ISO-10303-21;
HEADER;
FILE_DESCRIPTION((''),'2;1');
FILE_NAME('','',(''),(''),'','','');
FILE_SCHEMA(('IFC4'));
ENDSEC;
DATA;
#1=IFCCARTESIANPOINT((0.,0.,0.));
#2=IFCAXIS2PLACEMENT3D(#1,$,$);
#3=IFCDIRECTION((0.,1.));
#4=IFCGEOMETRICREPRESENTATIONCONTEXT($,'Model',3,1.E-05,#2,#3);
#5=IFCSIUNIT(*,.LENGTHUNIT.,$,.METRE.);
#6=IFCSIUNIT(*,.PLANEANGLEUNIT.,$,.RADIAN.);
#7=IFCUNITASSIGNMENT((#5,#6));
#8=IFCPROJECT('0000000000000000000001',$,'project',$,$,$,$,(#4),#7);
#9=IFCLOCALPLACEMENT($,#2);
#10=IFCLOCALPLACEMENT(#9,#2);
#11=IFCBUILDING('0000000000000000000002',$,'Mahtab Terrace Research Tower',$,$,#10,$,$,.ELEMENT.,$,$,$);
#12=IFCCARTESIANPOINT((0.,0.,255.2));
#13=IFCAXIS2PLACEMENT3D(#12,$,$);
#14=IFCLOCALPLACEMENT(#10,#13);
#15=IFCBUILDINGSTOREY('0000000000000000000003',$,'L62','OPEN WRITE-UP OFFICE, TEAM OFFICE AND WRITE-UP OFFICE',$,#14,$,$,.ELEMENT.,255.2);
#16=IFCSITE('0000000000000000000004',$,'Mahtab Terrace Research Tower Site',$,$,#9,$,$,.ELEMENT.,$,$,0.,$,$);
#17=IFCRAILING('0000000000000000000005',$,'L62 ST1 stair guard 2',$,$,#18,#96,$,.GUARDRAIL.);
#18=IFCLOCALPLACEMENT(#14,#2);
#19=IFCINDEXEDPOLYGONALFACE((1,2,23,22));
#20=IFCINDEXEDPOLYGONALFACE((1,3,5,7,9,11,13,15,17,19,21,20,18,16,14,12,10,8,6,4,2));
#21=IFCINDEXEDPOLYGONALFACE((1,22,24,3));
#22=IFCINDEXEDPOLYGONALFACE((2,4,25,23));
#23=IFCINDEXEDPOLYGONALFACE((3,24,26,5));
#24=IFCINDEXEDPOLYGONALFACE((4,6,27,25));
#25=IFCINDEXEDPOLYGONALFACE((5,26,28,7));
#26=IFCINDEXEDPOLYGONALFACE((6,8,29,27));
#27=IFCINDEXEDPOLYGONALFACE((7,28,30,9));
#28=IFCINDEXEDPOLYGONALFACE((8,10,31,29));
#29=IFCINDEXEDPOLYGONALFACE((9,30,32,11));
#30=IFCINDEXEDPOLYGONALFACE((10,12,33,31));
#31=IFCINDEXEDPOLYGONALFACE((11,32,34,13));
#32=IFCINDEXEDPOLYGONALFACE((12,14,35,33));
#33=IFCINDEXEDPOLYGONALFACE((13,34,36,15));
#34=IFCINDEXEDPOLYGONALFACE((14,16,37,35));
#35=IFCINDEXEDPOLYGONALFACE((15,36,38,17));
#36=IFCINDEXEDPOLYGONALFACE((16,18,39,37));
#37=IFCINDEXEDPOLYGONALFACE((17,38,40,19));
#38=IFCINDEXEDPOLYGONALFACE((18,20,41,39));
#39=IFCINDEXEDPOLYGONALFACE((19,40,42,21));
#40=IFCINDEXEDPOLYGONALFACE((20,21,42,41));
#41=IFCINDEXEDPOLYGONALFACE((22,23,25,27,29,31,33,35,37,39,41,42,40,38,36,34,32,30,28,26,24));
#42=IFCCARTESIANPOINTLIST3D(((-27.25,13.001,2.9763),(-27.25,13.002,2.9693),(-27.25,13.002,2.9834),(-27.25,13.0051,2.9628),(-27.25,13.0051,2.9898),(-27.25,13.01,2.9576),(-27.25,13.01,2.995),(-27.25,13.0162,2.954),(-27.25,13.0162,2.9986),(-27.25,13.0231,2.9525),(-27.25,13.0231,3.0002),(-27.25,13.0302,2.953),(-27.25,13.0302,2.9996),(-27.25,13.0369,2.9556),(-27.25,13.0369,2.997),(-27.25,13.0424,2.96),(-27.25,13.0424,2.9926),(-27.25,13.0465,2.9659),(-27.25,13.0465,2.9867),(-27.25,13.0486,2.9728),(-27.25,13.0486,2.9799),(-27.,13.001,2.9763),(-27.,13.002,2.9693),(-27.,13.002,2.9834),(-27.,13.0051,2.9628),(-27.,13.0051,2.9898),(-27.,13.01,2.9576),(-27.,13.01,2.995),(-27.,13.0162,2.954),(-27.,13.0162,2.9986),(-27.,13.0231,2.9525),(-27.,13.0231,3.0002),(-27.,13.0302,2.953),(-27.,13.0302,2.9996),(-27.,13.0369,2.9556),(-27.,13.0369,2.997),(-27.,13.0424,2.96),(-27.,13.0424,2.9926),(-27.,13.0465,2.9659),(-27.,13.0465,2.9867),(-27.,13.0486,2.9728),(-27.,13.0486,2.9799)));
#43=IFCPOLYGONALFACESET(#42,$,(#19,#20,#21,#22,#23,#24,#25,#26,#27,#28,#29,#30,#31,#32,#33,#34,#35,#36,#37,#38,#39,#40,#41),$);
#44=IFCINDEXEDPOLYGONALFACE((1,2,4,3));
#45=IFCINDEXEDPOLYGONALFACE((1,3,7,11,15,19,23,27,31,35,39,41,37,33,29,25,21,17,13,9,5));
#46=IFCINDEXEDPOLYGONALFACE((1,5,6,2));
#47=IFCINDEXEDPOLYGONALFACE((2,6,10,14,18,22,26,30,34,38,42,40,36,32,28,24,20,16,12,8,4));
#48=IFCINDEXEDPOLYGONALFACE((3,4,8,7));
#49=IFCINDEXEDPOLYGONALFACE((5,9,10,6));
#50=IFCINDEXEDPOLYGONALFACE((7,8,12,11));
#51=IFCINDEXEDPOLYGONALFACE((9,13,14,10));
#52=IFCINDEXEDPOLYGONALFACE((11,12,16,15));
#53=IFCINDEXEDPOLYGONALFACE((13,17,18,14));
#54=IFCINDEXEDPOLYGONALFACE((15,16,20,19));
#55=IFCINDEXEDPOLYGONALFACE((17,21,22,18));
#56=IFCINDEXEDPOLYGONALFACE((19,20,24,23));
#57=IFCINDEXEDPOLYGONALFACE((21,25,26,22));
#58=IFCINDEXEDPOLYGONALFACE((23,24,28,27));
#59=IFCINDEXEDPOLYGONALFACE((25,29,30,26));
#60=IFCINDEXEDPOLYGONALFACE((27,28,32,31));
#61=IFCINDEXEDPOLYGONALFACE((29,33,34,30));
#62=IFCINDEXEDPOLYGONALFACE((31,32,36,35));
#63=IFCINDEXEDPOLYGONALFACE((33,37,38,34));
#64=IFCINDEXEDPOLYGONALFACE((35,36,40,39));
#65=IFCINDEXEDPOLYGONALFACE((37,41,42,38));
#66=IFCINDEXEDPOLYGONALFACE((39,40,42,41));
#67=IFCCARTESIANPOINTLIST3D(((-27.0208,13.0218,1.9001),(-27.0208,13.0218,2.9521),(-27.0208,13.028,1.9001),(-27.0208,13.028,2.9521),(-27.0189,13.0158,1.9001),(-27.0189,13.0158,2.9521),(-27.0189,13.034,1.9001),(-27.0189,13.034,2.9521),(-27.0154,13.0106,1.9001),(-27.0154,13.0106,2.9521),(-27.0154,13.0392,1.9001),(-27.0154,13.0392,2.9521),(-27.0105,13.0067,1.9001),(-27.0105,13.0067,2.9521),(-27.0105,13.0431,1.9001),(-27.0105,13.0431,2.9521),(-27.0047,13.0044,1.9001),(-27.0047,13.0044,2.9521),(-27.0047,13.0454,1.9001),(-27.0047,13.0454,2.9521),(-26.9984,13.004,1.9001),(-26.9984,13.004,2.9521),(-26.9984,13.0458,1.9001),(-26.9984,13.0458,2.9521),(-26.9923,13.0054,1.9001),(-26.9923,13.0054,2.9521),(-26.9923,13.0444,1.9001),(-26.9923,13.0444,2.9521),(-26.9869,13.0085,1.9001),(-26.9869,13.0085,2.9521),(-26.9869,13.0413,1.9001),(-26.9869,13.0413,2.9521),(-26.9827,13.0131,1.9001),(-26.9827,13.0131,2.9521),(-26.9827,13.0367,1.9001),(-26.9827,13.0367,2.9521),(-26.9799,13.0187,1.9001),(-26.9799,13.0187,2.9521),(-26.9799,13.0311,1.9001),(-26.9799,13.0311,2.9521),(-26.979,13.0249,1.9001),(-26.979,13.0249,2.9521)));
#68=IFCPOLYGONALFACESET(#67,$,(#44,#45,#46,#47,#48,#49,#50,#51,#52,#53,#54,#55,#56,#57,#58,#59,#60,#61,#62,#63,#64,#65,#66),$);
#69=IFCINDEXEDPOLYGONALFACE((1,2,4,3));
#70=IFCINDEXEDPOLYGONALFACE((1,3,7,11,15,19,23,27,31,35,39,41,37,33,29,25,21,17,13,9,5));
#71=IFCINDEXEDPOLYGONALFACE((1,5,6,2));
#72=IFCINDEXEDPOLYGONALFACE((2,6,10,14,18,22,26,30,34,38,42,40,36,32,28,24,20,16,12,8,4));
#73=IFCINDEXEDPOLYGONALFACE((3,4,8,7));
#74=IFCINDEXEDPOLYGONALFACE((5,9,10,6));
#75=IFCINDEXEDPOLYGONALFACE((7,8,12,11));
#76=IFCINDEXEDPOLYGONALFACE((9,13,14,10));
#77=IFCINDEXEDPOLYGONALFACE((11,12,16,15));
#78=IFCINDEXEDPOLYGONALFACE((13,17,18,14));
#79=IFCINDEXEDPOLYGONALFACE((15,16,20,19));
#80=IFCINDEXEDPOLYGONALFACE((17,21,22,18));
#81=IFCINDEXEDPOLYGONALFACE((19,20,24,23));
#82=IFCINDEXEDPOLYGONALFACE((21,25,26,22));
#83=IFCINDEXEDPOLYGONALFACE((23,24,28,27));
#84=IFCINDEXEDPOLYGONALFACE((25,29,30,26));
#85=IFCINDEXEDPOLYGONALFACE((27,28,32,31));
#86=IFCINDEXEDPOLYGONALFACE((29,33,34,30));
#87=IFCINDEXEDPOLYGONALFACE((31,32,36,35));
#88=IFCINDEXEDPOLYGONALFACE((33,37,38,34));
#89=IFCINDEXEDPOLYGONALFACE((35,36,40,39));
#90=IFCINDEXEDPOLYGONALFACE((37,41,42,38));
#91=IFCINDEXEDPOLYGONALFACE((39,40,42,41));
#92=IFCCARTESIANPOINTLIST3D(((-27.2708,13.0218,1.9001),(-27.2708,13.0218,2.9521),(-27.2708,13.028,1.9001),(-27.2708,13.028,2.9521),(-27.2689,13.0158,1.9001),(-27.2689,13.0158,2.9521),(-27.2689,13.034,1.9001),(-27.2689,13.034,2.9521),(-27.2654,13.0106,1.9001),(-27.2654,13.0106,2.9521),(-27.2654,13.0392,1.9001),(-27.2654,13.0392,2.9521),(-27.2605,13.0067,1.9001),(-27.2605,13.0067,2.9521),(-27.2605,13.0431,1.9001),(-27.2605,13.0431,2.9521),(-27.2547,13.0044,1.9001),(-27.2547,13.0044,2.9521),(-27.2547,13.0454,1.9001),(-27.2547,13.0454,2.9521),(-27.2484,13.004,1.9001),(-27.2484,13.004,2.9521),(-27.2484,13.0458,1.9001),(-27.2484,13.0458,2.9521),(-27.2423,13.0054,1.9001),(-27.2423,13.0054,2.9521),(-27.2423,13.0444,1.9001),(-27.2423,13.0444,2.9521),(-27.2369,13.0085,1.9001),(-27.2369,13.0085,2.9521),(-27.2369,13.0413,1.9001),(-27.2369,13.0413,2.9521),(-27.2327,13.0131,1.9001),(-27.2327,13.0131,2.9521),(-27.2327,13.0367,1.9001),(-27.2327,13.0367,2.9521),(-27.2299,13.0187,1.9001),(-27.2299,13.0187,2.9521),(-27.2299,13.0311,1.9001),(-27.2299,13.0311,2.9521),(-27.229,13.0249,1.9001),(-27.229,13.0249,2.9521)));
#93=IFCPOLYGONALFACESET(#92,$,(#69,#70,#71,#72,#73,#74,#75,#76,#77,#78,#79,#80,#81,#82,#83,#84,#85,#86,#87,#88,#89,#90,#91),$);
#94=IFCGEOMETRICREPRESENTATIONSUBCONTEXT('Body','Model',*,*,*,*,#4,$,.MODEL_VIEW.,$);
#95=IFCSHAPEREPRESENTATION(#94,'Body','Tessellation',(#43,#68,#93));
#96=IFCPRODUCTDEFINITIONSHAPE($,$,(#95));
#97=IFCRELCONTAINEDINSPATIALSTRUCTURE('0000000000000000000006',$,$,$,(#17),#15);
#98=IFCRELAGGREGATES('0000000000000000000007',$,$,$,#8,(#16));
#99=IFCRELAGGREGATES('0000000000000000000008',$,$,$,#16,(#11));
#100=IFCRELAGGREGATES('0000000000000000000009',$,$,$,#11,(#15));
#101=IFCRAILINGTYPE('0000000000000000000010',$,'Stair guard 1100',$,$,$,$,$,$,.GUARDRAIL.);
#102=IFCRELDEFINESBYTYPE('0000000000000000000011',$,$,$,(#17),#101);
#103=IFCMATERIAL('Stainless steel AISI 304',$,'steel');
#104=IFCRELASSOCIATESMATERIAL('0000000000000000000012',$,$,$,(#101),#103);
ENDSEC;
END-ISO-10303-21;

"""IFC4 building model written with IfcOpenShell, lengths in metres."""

from ifc_helpers import new_model, si_unit, direction, frame, origin, origin_2d, place, context, subcontext, project, spatial, circle, extrude, material, type_object, element, save


model = new_model("IFC4")

# Units and contexts
model_context = context("Model", 3, precision=1e-05, world=origin(), true_north=direction((0.0, 1.0)))
body_context = subcontext(model_context, "Body", "Model", "MODEL_VIEW")
ifc_project = project(units=[si_unit("LENGTHUNIT", "METRE"), si_unit("PLANEANGLEUNIT", "RADIAN")], contexts=[model_context])

# Site, building, storey
site_placement = place(None, origin())
site = spatial("IfcSite", under=ifc_project, at=site_placement, Name="Mahtab Terrace Research Tower Site", CompositionType="ELEMENT", RefElevation=0.0)
building_placement = place(site_placement, origin())
building = spatial("IfcBuilding", under=site, at=building_placement, Name="Mahtab Terrace Research Tower", CompositionType="ELEMENT")
storey_placement = place(building_placement, frame((0.0, 0.0, 255.2)))
storey = spatial("IfcBuildingStorey", under=building, at=storey_placement, Name="L62", Description="OPEN WRITE-UP OFFICE, TEAM OFFICE AND WRITE-UP OFFICE", CompositionType="ELEMENT", Elevation=255.2)

# Railing
ifc_material_1 = material(Name="Stainless steel AISI 304", Category="steel")
railing_type_1 = type_object("IfcRailingType", Name="Stair guard 1100", PredefinedType="GUARDRAIL", material=ifc_material_1)
railing_1_placement = place(storey_placement, frame((-27.0, 13.0249, 1.9001)))
element("IfcRailing", 1, at=railing_1_placement, inside=storey, type_object=railing_type_1, Name="L62 ST1 stair guard 2", PredefinedType="GUARDRAIL", context=body_context, shape_type="SweptSolid", body=[
    extrude(circle(Radius=0.0239, at=origin_2d()), frame((0.0, 0.0, 1.0762), z_axis=(-1.0, 0.0, 0.0), x_axis=(0.0, -1.0, 0.0)), (0.0, 0.0, 1.0), 0.25),
    extrude(circle(Radius=0.021, at=origin_2d()), origin(), (0.0, 0.0, 1.0), 1.052),
    extrude(circle(Radius=0.021, at=origin_2d()), frame((-0.25, 0.0, 0.0)), (0.0, 0.0, 1.0), 1.052),
])

save(model, "model.ifc")
